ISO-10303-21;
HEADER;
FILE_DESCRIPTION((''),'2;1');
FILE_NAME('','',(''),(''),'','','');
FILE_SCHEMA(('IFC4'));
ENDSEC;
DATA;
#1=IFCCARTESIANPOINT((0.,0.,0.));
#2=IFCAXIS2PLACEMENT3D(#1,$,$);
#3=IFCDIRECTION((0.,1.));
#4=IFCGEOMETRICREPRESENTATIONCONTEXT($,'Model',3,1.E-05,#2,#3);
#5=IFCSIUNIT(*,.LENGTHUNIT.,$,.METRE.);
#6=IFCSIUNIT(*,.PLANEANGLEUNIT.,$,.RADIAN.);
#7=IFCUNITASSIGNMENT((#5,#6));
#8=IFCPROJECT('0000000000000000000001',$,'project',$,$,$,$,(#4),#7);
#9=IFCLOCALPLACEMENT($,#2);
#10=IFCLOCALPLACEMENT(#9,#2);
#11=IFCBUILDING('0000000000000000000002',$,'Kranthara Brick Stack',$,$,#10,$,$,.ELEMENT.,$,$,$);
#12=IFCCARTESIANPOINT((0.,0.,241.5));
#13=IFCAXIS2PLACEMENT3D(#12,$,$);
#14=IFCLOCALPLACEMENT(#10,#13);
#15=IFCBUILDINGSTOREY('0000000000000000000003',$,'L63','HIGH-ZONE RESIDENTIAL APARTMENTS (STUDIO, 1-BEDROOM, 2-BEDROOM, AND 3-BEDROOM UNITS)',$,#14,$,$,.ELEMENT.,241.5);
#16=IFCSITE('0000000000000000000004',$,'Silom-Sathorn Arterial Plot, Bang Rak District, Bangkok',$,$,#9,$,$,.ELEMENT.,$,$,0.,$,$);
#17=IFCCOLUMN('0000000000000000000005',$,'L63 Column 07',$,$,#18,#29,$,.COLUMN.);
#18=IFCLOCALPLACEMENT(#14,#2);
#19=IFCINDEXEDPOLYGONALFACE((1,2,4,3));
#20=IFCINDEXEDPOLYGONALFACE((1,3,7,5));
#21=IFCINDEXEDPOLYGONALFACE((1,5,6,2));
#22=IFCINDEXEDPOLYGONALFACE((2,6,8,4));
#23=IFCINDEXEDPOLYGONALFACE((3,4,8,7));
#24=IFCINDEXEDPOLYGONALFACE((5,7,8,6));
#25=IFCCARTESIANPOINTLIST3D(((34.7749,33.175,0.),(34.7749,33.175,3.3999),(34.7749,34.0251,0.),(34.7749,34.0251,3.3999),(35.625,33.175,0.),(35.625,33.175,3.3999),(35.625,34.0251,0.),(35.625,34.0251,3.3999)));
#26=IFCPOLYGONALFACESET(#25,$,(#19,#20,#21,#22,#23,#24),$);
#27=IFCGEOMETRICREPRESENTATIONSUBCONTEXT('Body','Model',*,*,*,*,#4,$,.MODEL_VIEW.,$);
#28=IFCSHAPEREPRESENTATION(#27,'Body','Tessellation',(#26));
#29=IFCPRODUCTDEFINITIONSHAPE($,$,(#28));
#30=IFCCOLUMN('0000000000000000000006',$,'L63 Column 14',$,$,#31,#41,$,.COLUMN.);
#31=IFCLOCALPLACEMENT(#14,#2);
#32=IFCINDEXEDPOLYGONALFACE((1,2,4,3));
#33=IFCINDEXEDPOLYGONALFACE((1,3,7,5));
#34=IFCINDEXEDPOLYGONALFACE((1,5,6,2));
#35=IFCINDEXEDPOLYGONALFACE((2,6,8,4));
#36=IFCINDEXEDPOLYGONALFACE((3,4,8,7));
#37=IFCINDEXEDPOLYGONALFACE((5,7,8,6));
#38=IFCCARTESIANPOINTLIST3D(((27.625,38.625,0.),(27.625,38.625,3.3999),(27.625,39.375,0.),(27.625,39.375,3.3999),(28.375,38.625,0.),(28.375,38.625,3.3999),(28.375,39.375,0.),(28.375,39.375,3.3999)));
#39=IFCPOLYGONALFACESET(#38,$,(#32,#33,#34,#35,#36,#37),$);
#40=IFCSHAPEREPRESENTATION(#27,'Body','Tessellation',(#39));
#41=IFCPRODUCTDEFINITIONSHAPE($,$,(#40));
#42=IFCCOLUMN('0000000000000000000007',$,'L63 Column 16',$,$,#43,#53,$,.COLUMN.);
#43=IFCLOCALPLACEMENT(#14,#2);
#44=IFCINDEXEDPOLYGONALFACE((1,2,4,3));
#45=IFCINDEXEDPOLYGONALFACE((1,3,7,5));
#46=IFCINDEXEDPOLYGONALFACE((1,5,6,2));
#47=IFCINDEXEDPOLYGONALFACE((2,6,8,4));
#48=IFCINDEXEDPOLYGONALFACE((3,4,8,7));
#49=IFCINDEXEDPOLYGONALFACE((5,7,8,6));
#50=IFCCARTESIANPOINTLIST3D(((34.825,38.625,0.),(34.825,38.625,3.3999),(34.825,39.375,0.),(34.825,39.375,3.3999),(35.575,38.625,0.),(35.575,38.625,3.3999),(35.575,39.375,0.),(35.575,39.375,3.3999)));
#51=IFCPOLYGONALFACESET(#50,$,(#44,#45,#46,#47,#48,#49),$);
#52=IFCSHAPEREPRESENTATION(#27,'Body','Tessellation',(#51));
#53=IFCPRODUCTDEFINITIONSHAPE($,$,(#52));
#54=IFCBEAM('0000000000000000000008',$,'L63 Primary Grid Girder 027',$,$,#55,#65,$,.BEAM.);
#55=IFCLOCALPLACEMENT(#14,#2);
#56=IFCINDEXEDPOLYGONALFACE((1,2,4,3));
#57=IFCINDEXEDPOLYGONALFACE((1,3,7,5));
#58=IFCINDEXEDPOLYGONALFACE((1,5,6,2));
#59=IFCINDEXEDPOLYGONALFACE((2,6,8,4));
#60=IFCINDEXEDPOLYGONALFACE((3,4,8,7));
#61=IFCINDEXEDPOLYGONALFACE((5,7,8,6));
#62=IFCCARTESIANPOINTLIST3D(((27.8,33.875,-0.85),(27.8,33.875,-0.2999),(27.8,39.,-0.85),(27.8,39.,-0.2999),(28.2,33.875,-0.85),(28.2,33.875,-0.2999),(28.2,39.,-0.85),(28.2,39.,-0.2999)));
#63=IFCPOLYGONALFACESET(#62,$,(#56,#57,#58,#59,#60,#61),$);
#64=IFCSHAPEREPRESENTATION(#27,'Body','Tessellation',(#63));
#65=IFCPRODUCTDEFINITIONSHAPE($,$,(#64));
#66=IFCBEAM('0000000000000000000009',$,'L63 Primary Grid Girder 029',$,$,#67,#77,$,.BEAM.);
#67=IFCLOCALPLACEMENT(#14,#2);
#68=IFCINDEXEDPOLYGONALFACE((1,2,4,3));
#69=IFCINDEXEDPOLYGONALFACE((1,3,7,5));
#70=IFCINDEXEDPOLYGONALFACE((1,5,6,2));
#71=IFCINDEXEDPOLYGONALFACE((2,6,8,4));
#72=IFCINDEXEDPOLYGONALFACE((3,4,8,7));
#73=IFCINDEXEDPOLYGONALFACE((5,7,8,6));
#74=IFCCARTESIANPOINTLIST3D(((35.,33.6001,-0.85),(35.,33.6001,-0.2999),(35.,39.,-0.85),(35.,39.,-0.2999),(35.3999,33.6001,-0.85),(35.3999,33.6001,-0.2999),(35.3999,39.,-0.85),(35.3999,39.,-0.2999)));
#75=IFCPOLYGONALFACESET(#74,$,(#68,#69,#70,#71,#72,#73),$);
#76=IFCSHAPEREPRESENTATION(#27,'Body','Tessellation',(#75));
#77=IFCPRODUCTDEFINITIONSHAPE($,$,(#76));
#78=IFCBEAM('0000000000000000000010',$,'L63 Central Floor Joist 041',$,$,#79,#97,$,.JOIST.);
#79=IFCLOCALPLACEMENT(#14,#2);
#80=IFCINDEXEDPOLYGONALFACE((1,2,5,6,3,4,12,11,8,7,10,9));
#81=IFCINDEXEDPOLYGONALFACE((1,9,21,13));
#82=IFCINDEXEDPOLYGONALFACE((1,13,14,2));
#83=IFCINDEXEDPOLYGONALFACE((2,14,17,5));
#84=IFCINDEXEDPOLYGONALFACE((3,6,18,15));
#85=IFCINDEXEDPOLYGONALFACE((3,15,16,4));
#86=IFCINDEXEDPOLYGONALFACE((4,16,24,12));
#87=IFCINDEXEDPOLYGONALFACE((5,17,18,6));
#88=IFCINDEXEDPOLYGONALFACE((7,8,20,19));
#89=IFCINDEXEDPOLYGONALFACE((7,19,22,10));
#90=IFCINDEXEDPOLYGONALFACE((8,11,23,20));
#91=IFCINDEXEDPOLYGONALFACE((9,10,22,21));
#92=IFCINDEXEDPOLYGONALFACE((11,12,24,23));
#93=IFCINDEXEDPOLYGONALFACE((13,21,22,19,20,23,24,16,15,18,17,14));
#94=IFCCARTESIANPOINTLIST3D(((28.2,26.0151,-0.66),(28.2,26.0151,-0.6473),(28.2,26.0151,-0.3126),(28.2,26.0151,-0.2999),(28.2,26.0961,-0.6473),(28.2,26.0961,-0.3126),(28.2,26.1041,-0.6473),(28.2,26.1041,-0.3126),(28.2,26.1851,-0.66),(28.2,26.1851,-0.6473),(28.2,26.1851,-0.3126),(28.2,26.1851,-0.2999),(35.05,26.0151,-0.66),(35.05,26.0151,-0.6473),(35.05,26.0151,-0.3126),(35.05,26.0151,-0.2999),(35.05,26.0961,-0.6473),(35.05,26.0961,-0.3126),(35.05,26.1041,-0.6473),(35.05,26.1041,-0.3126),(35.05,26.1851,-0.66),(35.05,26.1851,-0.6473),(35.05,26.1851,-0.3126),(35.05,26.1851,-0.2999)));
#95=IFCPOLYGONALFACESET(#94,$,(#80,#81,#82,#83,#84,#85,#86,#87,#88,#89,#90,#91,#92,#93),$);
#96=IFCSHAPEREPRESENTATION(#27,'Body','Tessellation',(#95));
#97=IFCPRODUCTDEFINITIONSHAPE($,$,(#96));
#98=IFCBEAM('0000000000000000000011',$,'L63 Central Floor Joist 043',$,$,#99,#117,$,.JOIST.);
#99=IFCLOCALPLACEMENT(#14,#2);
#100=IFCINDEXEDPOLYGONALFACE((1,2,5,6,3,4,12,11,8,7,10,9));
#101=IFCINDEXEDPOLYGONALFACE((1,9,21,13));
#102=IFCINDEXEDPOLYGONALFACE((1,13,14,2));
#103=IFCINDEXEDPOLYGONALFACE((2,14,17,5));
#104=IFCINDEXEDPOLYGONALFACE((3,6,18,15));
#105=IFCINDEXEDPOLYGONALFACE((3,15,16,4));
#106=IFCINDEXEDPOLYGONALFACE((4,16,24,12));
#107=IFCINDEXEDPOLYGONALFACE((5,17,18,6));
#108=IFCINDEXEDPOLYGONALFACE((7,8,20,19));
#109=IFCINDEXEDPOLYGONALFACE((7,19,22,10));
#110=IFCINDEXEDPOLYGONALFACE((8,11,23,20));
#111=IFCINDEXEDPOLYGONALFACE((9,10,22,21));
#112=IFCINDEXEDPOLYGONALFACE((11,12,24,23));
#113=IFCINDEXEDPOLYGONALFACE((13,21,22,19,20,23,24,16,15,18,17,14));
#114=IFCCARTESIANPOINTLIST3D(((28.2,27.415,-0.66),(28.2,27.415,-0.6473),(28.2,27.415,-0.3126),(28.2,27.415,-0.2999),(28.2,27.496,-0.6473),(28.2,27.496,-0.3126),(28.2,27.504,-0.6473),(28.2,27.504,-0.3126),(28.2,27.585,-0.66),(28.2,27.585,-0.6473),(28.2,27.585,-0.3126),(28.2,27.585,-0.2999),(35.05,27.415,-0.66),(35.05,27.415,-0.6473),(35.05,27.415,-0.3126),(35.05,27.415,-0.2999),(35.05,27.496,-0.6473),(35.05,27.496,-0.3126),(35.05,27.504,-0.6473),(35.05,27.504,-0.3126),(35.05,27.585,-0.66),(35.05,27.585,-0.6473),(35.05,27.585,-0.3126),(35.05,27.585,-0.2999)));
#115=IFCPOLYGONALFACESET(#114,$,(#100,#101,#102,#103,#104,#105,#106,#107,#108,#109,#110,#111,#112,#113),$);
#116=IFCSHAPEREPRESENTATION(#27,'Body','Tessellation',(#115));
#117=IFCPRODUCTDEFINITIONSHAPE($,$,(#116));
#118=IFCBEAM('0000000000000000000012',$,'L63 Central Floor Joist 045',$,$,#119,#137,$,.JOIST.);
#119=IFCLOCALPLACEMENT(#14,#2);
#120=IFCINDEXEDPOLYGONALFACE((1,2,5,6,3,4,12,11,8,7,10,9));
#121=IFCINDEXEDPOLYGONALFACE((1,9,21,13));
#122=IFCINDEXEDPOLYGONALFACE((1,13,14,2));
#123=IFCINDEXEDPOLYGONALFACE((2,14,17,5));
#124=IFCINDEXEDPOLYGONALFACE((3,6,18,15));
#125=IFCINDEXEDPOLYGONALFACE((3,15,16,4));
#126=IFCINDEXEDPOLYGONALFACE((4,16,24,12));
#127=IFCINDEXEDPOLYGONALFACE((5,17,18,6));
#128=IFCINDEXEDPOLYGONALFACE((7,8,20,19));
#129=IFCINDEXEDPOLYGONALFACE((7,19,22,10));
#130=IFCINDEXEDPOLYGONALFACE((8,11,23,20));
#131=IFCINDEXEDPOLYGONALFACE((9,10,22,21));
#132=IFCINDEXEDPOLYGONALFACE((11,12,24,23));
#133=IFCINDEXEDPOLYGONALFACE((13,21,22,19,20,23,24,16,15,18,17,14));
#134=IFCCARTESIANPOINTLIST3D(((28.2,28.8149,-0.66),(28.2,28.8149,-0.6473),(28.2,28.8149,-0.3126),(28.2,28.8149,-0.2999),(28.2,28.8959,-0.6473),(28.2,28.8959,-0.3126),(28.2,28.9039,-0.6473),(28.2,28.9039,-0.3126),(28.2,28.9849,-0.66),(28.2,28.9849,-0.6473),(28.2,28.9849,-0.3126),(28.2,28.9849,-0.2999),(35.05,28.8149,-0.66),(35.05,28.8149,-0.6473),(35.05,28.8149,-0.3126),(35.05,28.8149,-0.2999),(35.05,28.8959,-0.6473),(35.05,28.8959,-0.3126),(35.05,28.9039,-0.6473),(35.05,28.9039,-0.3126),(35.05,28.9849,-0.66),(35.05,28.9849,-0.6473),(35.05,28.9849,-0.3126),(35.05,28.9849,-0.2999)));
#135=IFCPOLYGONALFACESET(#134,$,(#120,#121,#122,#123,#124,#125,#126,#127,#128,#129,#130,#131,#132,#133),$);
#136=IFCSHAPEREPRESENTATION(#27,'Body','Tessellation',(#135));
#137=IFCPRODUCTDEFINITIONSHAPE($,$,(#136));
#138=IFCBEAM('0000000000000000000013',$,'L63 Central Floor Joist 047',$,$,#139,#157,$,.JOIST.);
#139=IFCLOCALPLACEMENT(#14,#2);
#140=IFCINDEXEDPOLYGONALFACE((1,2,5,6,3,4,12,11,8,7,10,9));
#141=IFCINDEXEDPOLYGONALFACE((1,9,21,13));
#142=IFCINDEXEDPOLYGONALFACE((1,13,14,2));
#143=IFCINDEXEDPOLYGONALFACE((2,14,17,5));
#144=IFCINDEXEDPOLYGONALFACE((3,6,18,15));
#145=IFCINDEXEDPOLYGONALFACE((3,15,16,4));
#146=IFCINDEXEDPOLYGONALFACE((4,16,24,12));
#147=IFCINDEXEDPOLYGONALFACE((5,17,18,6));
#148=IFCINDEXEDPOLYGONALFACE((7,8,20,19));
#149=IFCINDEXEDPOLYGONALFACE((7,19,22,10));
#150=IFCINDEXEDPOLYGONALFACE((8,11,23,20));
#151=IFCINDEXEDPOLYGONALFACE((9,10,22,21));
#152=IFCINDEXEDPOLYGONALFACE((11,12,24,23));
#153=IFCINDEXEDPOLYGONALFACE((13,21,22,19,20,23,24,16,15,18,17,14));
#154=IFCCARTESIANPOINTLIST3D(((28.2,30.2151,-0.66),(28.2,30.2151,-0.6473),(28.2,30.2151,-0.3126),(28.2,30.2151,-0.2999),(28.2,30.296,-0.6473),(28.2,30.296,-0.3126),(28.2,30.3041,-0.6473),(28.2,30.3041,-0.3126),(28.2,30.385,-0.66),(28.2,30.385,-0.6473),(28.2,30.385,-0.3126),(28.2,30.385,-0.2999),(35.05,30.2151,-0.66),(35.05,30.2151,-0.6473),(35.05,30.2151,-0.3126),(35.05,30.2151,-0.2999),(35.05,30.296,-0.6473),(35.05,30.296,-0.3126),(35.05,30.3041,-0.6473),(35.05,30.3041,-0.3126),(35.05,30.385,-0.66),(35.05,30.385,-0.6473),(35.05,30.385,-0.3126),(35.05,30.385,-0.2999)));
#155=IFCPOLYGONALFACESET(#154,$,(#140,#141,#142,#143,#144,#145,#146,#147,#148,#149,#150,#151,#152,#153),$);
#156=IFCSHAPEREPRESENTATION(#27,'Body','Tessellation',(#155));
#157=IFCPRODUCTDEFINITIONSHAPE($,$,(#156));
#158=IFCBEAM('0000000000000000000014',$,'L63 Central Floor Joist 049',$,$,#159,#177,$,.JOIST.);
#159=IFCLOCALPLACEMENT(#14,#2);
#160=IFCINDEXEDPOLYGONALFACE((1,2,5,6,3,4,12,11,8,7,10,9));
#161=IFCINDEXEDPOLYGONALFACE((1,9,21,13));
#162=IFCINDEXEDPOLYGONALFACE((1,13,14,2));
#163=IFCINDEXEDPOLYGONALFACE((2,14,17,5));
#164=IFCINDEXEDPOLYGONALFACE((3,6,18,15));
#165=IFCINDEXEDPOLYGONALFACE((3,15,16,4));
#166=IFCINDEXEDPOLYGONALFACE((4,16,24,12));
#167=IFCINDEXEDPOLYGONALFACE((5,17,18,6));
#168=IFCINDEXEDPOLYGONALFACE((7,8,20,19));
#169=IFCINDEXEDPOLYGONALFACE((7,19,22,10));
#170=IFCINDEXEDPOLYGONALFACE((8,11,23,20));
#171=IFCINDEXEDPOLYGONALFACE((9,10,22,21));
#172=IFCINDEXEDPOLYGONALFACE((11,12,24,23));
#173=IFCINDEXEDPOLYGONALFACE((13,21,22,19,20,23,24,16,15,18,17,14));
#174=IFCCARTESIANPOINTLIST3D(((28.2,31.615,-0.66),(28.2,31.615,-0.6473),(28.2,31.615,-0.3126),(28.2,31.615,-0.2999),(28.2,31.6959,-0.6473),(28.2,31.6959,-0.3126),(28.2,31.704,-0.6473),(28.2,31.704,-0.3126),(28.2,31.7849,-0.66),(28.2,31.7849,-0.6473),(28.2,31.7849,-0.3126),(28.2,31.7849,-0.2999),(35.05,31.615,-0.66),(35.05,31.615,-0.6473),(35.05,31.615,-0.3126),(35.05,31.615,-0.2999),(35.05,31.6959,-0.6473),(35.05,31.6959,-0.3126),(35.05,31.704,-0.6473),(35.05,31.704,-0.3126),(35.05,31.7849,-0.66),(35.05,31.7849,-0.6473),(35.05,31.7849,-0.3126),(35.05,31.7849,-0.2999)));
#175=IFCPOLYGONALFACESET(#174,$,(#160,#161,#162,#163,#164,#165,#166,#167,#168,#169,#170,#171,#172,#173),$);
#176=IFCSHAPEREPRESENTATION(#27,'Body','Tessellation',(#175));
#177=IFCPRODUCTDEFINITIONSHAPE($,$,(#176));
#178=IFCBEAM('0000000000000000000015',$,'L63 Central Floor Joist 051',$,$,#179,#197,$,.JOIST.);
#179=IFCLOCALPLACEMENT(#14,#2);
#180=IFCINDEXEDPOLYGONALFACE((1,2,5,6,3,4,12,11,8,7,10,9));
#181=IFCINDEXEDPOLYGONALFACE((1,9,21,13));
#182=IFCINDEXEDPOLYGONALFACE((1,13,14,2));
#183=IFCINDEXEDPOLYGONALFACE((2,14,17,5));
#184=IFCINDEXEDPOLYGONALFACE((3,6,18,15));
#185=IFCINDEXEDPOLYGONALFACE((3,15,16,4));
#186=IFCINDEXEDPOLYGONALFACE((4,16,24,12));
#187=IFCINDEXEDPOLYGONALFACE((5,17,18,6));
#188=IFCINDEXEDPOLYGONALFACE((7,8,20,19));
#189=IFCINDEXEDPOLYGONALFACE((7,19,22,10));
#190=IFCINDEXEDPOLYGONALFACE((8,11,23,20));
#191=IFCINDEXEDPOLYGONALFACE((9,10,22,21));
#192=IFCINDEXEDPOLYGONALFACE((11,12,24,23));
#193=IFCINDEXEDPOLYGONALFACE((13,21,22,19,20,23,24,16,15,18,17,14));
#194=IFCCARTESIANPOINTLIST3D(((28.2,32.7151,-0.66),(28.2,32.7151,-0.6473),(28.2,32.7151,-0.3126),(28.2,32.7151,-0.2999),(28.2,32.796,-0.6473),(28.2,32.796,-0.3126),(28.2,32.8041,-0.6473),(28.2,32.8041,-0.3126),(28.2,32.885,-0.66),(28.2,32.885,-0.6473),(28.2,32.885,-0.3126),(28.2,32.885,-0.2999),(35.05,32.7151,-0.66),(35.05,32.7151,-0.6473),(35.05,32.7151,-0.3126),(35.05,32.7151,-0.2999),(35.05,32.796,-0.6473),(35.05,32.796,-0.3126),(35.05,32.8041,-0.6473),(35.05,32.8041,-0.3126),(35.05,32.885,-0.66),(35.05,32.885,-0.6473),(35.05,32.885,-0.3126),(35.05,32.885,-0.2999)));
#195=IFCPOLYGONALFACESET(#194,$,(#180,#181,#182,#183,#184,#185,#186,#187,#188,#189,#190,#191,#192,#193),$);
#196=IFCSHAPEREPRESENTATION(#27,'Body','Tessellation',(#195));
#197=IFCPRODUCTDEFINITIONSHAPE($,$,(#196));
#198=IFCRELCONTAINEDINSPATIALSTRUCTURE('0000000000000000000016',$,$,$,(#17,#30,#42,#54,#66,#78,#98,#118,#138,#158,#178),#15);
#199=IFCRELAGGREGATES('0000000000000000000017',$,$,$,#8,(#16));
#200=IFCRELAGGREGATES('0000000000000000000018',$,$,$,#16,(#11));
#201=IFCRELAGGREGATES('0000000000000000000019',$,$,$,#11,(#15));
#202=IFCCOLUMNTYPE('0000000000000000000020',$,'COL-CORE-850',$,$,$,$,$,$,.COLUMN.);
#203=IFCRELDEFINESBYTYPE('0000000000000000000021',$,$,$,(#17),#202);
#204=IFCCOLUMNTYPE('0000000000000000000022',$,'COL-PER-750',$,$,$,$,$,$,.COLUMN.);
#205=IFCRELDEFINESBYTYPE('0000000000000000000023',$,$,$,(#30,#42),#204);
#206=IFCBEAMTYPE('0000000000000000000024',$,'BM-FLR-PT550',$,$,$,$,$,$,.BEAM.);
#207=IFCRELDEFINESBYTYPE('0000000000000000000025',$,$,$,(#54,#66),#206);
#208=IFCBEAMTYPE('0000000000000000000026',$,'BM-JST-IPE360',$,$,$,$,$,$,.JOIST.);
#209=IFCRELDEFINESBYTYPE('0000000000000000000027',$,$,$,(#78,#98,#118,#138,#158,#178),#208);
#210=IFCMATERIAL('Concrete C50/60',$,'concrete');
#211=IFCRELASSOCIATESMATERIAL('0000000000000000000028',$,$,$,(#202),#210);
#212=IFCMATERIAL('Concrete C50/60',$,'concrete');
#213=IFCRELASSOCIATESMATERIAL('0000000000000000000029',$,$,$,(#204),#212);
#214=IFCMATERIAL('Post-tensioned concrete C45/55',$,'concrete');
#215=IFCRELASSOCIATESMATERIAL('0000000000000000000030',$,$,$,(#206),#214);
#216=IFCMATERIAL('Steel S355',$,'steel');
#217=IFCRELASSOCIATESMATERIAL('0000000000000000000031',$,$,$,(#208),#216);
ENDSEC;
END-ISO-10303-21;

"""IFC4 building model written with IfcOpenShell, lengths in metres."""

from ifc_helpers import new_model, si_unit, direction, frame, origin, origin_2d, place, context, subcontext, project, spatial, rectangle, i_section, extrude, material, material_profile, profile_set, type_object, element, save


model = new_model("IFC4")

# Units and contexts
model_context = context("Model", 3, precision=1e-05, world=origin(), true_north=direction((0.0, 1.0)))
body_context = subcontext(model_context, "Body", "Model", "MODEL_VIEW")
ifc_project = project(units=[si_unit("LENGTHUNIT", "METRE"), si_unit("PLANEANGLEUNIT", "RADIAN")], contexts=[model_context])

# Site, building, storey
site_placement = place(None, origin())
site = spatial("IfcSite", under=ifc_project, at=site_placement, Name="Silom-Sathorn Arterial Plot, Bang Rak District, Bangkok", CompositionType="ELEMENT", RefElevation=0.0)
building_placement = place(site_placement, origin())
building = spatial("IfcBuilding", under=site, at=building_placement, Name="Kranthara Brick Stack", CompositionType="ELEMENT")
storey_placement = place(building_placement, frame((0.0, 0.0, 241.5)))
storey = spatial("IfcBuildingStorey", under=building, at=storey_placement, Name="L63", Description="HIGH-ZONE RESIDENTIAL APARTMENTS (STUDIO, 1-BEDROOM, 2-BEDROOM, AND 3-BEDROOM UNITS)", CompositionType="ELEMENT", Elevation=241.5)

# Columns
ifc_material_1 = material(Name="Concrete C50/60", Category="concrete")
ifc_material_profile_1 = material_profile(ifc_material_1, rectangle(XDim=0.8501, YDim=0.8501, at=origin_2d()), Name="RC 850x850")
ifc_profile_set_1 = profile_set([ifc_material_profile_1], Name="Concrete C50/60")
column_type_1 = type_object("IfcColumnType", Name="COL-CORE-850", PredefinedType="COLUMN", material=ifc_profile_set_1)
column_placement = place(storey_placement, frame((35.2, 33.6001, 0.0), z_axis=(0.0, 0.0, 1.0), x_axis=(1.0, 0.0, 0.0)))
element("IfcColumn", 1, at=column_placement, inside=storey, type_object=column_type_1, Name="L63 Column 07", PredefinedType="COLUMN", context=body_context, shape_type="SweptSolid", body=[
    extrude(rectangle(XDim=0.8501, YDim=0.8501, at=origin_2d()), origin(), (0.0, 0.0, 1.0), 3.3999),
])
ifc_material_2 = material(Name="Concrete C50/60", Category="concrete")
ifc_material_profile_2 = material_profile(ifc_material_2, rectangle(XDim=0.75, YDim=0.75, at=origin_2d()), Name="RC 750x750")
ifc_profile_set_2 = profile_set([ifc_material_profile_2], Name="Concrete C50/60")
column_type_2 = type_object("IfcColumnType", Name="COL-PER-750", PredefinedType="COLUMN", material=ifc_profile_set_2)
for number, where, z_axis, x_axis, name in (
    (2, (28.0, 39.0, 0.0), (0.0, 0.0, 1.0), (1.0, 0.0, 0.0), "L63 Column 14"),
    (3, (35.2, 39.0, 0.0), (0.0, 0.0, 1.0), (1.0, 0.0, 0.0), "L63 Column 16"),
):
    element("IfcColumn", number, at=place(storey_placement, frame(where, z_axis=z_axis, x_axis=x_axis)), inside=storey, type_object=column_type_2, Name=name, PredefinedType="COLUMN", context=body_context, shape_type="SweptSolid", body=[
        extrude(rectangle(XDim=0.75, YDim=0.75, at=origin_2d()), origin(), (0.0, 0.0, 1.0), 3.3999),
    ])

# Beams
ifc_material_3 = material(Name="Post-tensioned concrete C45/55", Category="concrete")
ifc_material_profile_3 = material_profile(ifc_material_3, rectangle(XDim=0.3999, YDim=0.55, at=origin_2d()), Name="PT 400x550")
ifc_profile_set_3 = profile_set([ifc_material_profile_3], Name="Post-tensioned concrete C45/55")
beam_type_1 = type_object("IfcBeamType", Name="BM-FLR-PT550", PredefinedType="BEAM", material=ifc_profile_set_3)
beam_1_placement = place(storey_placement, frame((28.0, 33.875, -0.575), z_axis=(0.0, 1.0, 0.0), x_axis=(-1.0, 0.0, 0.0)))
element("IfcBeam", 4, at=beam_1_placement, inside=storey, type_object=beam_type_1, Name="L63 Primary Grid Girder 027", PredefinedType="BEAM", context=body_context, shape_type="SweptSolid", body=[
    extrude(rectangle(XDim=0.3999, YDim=0.55, at=origin_2d()), origin(), (0.0, 0.0, 1.0), 5.125),
])
beam_2_placement = place(storey_placement, frame((35.2, 33.6001, -0.575), z_axis=(0.0, 1.0, 0.0), x_axis=(-1.0, 0.0, 0.0)))
element("IfcBeam", 5, at=beam_2_placement, inside=storey, type_object=beam_type_1, Name="L63 Primary Grid Girder 029", PredefinedType="BEAM", context=body_context, shape_type="SweptSolid", body=[
    extrude(rectangle(XDim=0.3999, YDim=0.55, at=origin_2d()), origin(), (0.0, 0.0, 1.0), 5.3999),
])
ifc_material_4 = material(Name="Steel S355", Category="steel")
ifc_material_profile_4 = material_profile(ifc_material_4, i_section(OverallWidth=0.1699, OverallDepth=0.3601, WebThickness=0.0081, FlangeThickness=0.0127, at=origin_2d()), Name="IPE 360")
ifc_profile_set_4 = profile_set([ifc_material_profile_4], Name="Steel S355")
beam_type_2 = type_object("IfcBeamType", Name="BM-JST-IPE360", PredefinedType="JOIST", material=ifc_profile_set_4)
for number, where, z_axis, x_axis, name in (
    (6, (28.2, 26.1001, -0.48), (1.0, 0.0, 0.0), (0.0, 1.0, 0.0), "L63 Central Floor Joist 041"),
    (7, (28.2, 27.5, -0.48), (1.0, 0.0, 0.0), (0.0, 1.0, 0.0), "L63 Central Floor Joist 043"),
    (8, (28.2, 28.8999, -0.48), (1.0, 0.0, 0.0), (0.0, 1.0, 0.0), "L63 Central Floor Joist 045"),
    (9, (28.2, 30.3, -0.48), (1.0, 0.0, 0.0), (0.0, 1.0, 0.0), "L63 Central Floor Joist 047"),
    (10, (28.2, 31.7, -0.48), (1.0, 0.0, 0.0), (0.0, 1.0, 0.0), "L63 Central Floor Joist 049"),
    (11, (28.2, 32.8, -0.48), (1.0, 0.0, 0.0), (0.0, 1.0, 0.0), "L63 Central Floor Joist 051"),
):
    element("IfcBeam", number, at=place(storey_placement, frame(where, z_axis=z_axis, x_axis=x_axis)), inside=storey, type_object=beam_type_2, Name=name, PredefinedType="JOIST", context=body_context, shape_type="SweptSolid", body=[
        extrude(i_section(OverallWidth=0.1699, OverallDepth=0.3601, WebThickness=0.0081, FlangeThickness=0.0127, at=origin_2d()), origin(), (0.0, 0.0, 1.0), 6.8501),
    ])

save(model, "model.ifc")
